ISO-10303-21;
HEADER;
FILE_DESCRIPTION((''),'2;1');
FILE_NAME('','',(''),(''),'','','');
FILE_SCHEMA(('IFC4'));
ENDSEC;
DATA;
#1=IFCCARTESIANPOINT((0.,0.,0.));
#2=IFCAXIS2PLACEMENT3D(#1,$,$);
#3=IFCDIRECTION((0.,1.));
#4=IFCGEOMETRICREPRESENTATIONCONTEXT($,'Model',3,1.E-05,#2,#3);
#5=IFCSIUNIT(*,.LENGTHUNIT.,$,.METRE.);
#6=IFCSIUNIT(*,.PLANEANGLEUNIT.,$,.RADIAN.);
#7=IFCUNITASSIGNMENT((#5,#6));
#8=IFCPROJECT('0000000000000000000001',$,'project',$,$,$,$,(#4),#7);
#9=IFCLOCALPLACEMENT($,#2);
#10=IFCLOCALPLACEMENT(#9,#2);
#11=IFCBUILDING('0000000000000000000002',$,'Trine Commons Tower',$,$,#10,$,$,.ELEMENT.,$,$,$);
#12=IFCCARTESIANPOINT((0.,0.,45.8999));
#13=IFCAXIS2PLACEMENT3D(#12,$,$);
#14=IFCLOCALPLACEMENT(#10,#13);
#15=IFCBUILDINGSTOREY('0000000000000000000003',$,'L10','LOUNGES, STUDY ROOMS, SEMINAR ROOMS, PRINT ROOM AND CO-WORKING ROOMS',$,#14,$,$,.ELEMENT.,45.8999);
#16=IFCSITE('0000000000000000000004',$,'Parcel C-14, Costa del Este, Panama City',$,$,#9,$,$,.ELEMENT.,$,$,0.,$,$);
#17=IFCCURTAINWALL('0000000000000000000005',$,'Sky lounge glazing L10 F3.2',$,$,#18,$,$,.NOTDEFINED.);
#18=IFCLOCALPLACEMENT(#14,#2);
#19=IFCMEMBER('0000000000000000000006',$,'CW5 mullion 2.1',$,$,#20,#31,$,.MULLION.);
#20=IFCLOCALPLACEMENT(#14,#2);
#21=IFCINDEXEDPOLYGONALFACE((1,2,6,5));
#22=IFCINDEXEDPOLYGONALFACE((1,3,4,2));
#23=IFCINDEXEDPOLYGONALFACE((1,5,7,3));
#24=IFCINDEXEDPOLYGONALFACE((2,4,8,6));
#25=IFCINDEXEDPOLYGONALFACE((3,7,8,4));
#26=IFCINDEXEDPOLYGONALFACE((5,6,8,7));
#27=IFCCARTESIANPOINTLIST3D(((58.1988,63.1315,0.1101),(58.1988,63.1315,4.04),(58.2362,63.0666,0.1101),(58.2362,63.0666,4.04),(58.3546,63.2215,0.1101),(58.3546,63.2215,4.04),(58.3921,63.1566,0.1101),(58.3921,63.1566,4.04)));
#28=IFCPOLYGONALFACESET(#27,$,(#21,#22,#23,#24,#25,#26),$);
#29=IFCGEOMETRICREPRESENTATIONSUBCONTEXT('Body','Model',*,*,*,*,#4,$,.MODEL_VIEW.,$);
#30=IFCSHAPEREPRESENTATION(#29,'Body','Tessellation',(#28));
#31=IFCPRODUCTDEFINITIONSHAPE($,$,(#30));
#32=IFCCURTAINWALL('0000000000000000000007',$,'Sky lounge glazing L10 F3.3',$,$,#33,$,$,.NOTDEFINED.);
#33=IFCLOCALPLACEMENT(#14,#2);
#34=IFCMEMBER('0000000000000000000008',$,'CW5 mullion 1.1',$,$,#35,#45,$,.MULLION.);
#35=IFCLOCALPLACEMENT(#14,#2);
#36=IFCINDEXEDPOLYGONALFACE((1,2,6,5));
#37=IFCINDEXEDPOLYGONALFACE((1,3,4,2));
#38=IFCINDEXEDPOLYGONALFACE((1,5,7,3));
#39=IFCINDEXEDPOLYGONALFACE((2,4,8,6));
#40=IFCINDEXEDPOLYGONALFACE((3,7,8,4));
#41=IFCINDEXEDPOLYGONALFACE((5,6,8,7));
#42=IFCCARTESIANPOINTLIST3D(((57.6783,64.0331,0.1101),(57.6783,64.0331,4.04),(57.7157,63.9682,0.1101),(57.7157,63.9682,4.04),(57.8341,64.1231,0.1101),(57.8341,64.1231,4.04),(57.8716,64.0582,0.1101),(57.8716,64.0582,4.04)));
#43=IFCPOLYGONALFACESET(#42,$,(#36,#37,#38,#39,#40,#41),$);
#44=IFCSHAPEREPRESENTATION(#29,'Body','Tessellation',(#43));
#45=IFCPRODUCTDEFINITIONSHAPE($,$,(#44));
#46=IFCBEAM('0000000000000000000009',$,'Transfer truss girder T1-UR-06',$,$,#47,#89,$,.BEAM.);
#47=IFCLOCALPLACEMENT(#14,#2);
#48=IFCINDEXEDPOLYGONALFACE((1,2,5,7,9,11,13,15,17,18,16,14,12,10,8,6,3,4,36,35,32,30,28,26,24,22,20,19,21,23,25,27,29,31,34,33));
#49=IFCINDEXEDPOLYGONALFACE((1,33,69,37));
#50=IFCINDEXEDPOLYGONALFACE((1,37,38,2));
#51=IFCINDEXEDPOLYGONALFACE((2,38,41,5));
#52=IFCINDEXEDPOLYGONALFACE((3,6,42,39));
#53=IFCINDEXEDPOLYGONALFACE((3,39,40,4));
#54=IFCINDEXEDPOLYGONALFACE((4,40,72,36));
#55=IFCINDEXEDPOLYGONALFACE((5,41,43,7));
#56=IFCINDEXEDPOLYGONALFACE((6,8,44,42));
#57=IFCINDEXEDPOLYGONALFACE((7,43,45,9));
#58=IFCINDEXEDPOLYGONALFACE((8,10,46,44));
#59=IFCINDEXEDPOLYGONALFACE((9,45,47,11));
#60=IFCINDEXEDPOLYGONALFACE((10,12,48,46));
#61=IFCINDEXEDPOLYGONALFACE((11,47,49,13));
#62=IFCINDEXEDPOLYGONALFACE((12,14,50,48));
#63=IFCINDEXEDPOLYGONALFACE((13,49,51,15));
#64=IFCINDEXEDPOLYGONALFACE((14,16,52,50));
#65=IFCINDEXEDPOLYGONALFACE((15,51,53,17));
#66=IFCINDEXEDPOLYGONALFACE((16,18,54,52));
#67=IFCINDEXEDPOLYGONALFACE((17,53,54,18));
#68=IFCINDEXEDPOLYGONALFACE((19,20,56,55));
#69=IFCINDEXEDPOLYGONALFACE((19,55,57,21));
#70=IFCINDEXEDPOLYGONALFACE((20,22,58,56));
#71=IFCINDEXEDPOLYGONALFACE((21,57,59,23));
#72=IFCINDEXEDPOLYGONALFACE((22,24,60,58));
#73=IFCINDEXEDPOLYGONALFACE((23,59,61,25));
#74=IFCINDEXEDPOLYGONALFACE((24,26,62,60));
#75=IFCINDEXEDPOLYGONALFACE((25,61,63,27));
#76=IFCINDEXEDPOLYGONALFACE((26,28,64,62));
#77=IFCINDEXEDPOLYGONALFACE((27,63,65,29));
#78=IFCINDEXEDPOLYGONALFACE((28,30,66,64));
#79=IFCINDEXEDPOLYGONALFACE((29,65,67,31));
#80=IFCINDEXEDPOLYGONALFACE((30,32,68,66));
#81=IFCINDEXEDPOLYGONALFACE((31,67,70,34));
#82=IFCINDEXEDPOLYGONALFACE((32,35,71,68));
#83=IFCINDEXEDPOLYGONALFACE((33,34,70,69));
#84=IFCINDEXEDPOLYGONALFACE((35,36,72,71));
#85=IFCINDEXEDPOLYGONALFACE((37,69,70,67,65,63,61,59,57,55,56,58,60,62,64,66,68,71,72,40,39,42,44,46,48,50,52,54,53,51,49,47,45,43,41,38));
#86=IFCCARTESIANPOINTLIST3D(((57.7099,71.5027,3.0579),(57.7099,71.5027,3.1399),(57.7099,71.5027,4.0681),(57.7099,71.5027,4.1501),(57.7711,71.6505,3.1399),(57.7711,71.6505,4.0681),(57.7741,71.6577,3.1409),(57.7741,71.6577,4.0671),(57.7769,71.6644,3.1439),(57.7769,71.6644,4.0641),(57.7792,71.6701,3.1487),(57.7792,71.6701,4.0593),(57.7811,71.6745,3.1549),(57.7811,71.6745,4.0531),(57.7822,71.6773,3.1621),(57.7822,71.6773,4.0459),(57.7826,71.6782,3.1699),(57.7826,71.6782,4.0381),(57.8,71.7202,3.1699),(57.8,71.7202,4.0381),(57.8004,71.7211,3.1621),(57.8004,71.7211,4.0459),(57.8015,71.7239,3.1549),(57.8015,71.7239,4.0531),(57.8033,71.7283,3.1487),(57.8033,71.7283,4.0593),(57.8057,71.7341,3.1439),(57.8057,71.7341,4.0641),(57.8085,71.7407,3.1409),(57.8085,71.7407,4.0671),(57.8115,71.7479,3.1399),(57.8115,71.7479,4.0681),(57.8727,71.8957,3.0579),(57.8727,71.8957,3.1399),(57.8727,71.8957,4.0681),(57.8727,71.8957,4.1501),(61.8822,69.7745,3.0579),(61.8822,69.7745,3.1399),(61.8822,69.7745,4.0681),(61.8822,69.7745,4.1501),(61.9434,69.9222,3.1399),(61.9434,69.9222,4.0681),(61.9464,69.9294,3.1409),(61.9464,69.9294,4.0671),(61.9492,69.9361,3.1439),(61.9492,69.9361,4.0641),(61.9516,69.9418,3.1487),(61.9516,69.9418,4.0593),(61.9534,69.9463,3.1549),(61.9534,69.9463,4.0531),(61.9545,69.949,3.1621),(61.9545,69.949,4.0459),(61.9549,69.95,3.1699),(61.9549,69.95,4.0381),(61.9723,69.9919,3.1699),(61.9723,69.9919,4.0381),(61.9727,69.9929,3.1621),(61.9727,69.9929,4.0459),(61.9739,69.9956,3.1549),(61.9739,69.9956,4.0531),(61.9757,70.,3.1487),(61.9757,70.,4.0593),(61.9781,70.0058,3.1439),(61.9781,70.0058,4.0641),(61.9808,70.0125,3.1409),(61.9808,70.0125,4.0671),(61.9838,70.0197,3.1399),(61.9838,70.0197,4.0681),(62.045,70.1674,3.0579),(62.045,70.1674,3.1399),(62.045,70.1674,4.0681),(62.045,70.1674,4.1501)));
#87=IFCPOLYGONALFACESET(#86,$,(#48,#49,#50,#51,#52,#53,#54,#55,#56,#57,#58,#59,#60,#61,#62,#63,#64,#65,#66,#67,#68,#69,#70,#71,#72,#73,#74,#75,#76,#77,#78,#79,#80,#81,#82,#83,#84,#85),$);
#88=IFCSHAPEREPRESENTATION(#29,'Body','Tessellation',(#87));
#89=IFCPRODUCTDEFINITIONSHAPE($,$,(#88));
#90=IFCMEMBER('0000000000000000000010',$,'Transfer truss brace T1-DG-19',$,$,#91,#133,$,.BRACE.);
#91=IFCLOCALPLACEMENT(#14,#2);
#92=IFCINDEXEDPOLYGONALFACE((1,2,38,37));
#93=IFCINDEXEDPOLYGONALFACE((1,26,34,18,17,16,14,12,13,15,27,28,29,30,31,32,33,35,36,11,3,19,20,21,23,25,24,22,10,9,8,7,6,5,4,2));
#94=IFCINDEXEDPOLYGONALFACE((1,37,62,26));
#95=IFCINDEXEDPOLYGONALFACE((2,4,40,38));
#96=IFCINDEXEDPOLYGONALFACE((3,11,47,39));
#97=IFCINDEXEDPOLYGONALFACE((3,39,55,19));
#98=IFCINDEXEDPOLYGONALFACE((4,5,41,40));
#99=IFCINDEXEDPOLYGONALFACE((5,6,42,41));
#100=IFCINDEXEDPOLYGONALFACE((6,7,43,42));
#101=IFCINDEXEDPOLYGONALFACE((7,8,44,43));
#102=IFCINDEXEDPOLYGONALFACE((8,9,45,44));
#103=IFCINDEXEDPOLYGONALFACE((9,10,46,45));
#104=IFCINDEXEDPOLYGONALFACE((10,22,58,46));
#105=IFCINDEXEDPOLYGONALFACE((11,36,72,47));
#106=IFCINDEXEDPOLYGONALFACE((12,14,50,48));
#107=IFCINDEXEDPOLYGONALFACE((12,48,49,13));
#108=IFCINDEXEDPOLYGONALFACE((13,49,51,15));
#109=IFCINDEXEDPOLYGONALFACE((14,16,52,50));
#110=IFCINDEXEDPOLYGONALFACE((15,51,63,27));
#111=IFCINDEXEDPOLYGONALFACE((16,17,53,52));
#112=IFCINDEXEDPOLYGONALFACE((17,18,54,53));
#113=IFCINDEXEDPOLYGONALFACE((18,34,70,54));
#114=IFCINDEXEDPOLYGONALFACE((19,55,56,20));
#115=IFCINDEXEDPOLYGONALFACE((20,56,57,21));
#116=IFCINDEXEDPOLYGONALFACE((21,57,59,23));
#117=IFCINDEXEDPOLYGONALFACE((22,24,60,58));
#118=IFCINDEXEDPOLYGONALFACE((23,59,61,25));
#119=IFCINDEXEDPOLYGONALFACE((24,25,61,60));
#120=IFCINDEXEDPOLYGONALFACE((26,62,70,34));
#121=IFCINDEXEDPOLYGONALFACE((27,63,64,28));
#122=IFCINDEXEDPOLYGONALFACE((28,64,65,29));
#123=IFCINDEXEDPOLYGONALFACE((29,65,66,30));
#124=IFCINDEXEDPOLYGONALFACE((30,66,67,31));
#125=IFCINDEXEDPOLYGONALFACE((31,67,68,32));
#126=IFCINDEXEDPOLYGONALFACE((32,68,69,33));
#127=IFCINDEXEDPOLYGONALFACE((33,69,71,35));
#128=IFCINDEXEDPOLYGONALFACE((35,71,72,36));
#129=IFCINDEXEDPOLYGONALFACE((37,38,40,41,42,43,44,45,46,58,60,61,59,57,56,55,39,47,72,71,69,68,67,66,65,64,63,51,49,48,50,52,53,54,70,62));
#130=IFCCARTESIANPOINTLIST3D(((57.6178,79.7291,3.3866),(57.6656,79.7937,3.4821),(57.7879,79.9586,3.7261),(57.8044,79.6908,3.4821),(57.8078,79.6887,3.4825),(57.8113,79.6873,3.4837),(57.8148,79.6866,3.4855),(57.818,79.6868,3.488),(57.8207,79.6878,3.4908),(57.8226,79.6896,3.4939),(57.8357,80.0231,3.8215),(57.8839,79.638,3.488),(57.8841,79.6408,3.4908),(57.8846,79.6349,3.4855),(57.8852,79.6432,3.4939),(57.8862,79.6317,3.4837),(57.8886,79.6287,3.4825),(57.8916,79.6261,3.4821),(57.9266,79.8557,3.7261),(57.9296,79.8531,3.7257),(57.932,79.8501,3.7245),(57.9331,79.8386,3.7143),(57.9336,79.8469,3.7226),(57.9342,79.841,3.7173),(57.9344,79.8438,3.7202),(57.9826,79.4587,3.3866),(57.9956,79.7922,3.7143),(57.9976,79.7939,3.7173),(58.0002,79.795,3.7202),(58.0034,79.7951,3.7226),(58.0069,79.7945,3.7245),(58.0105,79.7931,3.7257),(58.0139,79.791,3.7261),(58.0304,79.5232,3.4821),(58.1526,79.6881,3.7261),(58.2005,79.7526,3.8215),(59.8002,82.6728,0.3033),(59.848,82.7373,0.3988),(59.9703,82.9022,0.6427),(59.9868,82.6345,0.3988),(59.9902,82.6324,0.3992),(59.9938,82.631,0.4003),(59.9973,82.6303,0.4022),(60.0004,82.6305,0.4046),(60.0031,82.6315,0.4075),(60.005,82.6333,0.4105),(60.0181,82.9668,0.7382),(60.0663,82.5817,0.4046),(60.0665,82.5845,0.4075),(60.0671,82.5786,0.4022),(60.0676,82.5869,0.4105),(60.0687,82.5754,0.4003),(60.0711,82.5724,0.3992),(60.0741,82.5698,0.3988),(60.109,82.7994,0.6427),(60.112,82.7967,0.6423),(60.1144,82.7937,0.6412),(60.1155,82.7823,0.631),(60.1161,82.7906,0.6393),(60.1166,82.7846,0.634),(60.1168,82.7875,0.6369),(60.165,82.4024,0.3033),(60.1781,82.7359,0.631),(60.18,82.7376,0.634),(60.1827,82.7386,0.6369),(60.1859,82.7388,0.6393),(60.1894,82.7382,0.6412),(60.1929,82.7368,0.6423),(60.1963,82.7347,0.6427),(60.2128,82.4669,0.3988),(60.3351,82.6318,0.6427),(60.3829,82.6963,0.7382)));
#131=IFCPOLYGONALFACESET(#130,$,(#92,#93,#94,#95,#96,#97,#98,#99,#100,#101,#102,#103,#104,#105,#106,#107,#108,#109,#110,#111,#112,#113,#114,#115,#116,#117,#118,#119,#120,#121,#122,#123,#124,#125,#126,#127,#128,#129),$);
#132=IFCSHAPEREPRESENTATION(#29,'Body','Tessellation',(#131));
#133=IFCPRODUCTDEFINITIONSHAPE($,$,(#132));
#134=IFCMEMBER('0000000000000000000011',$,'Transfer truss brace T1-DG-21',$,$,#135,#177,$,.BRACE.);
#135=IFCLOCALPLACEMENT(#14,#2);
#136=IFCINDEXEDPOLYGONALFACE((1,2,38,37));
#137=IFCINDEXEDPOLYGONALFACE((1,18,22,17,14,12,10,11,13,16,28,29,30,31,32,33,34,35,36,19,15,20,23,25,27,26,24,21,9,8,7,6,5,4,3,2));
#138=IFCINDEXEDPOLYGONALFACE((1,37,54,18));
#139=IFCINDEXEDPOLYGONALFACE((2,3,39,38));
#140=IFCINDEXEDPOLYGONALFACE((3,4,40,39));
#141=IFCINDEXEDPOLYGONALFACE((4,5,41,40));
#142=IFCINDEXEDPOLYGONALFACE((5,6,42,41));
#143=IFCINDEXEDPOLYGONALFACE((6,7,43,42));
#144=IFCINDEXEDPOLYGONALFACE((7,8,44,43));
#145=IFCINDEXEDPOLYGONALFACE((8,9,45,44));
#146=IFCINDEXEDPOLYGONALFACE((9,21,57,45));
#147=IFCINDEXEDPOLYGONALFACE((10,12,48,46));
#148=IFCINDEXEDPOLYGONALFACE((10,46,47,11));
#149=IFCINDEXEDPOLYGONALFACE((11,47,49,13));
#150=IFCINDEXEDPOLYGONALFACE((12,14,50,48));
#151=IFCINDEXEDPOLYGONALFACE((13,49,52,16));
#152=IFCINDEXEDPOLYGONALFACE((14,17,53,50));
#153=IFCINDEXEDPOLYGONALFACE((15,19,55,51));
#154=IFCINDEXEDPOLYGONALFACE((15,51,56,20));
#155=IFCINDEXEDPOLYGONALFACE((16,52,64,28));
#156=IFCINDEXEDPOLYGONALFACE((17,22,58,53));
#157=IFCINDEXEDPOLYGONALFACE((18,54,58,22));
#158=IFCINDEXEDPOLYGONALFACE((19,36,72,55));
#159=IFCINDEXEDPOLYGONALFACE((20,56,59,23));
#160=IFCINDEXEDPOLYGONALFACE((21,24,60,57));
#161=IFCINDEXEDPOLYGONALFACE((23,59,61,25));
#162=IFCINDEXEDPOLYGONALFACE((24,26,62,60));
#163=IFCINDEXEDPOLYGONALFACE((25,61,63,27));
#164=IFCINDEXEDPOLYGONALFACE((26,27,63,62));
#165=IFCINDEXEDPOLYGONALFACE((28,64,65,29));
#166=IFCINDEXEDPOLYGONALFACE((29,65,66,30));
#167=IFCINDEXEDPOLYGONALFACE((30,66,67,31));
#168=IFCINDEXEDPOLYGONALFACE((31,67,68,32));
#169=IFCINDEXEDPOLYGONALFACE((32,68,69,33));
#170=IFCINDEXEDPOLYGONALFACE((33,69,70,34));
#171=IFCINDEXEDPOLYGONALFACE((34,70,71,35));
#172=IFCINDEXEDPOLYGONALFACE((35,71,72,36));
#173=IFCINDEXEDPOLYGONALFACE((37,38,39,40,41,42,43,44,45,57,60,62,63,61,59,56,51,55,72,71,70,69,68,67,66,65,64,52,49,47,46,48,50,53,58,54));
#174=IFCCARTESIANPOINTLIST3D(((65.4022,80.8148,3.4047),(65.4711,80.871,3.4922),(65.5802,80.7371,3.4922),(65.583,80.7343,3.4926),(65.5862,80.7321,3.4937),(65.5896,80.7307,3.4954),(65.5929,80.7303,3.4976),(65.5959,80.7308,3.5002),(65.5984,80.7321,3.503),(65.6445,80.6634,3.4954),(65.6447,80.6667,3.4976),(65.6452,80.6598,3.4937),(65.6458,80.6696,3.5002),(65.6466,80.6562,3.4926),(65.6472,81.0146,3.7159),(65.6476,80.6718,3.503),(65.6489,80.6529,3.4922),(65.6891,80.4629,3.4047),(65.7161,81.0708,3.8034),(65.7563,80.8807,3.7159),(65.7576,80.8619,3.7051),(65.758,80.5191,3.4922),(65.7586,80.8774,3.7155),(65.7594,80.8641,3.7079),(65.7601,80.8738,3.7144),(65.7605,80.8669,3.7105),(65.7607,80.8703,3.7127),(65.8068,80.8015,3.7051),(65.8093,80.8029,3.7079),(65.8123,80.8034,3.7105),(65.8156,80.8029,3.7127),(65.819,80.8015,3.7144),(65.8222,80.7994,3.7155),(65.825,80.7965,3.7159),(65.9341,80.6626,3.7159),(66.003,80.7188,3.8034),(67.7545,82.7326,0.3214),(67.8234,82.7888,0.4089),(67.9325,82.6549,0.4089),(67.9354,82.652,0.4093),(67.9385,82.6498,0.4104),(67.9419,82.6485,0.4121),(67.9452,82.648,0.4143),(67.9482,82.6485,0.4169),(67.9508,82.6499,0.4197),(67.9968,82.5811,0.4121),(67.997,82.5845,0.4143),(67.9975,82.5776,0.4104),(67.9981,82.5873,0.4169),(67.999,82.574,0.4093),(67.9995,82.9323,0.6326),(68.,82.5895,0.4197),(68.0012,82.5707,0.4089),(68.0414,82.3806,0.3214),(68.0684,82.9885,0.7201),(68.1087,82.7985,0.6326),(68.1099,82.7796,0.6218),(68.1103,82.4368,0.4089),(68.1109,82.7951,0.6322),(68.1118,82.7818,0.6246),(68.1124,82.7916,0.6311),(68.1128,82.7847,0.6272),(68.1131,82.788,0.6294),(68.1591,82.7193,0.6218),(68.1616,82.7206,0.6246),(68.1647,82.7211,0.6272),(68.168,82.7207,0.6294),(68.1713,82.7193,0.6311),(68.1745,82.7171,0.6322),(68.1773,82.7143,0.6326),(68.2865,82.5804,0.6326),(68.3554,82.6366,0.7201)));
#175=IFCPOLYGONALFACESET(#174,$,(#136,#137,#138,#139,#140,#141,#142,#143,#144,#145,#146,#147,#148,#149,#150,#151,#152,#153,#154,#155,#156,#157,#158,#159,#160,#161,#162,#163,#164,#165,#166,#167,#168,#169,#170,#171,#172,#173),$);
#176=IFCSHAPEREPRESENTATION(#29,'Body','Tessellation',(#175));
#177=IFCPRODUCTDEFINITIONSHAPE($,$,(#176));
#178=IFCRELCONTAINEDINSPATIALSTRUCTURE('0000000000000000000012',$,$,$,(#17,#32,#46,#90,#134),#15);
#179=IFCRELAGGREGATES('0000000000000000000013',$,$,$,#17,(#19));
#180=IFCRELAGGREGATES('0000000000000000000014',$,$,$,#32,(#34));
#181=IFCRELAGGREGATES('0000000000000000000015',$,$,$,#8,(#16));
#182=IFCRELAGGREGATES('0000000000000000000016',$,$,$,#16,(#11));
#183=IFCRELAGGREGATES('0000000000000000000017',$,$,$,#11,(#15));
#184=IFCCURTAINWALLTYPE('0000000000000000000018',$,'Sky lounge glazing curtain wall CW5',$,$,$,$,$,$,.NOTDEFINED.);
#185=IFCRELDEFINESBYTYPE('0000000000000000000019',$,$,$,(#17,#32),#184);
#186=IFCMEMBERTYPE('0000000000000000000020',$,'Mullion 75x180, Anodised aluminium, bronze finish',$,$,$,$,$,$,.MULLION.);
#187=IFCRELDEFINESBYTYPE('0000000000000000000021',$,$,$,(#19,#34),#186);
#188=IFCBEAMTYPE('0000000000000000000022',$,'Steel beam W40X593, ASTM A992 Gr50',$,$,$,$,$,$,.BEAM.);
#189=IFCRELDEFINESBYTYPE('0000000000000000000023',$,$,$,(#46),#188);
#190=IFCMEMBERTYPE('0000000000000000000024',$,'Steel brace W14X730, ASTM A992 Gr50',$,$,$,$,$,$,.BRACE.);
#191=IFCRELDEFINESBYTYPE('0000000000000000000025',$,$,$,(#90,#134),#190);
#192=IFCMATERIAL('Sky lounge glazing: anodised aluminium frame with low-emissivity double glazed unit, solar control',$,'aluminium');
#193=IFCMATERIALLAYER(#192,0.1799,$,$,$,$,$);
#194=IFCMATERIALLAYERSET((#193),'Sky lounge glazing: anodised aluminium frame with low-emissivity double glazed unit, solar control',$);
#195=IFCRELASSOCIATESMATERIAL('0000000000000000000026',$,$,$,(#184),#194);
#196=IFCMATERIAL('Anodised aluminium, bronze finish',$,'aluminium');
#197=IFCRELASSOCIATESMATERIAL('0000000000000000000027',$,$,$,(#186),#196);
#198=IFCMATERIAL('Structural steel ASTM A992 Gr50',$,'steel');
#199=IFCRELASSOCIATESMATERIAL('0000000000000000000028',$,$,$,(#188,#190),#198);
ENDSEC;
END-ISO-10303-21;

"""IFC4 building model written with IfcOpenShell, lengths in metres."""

from ifc_helpers import new_model, si_unit, direction, frame, origin, origin_2d, place, context, subcontext, project, spatial, rectangle, i_section, extrude, material, layer, layer_set, material_profile, profile_set, type_object, element, aggregate, save


model = new_model("IFC4")

# Units and contexts
model_context = context("Model", 3, precision=1e-05, world=origin(), true_north=direction((0.0, 1.0)))
body_context = subcontext(model_context, "Body", "Model", "MODEL_VIEW")
ifc_project = project(units=[si_unit("LENGTHUNIT", "METRE"), si_unit("PLANEANGLEUNIT", "RADIAN")], contexts=[model_context])

# Site, building, storey
site_placement = place(None, origin())
site = spatial("IfcSite", under=ifc_project, at=site_placement, Name="Parcel C-14, Costa del Este, Panama City", CompositionType="ELEMENT", RefElevation=0.0)
building_placement = place(site_placement, origin())
building = spatial("IfcBuilding", under=site, at=building_placement, Name="Trine Commons Tower", CompositionType="ELEMENT")
storey_placement = place(building_placement, frame((0.0, 0.0, 45.8999)))
storey = spatial("IfcBuildingStorey", under=building, at=storey_placement, Name="L10", Description="LOUNGES, STUDY ROOMS, SEMINAR ROOMS, PRINT ROOM AND CO-WORKING ROOMS", CompositionType="ELEMENT", Elevation=45.8999)

# Curtain walls, members
ifc_material_1 = material(Name="Sky lounge glazing: anodised aluminium frame with low-emissivity double glazed unit, solar control", Category="aluminium")
ifc_layer_1 = layer(ifc_material_1, 0.1799)
ifc_layer_set_1 = layer_set([ifc_layer_1], Name="Sky lounge glazing: anodised aluminium frame with low-emissivity double glazed unit, solar control")
curtain_wall_type = type_object("IfcCurtainWallType", Name="Sky lounge glazing curtain wall CW5", PredefinedType="NOTDEFINED", material=ifc_layer_set_1)
curtain_wall_1_placement = place(storey_placement, origin())
curtain_wall_1 = element("IfcCurtainWall", 1, at=curtain_wall_1_placement, inside=storey, type_object=curtain_wall_type, Name="Sky lounge glazing L10 F3.2", PredefinedType="NOTDEFINED")
ifc_material_2 = material(Name="Anodised aluminium, bronze finish", Category="aluminium")
ifc_material_profile_1 = material_profile(ifc_material_2, rectangle(XDim=0.1799, YDim=0.075, at=origin_2d()), Name="Mullion 75x180")
ifc_profile_set_1 = profile_set([ifc_material_profile_1], Name="Anodised aluminium, bronze finish")
member_type_1 = type_object("IfcMemberType", Name="Mullion 75x180, Anodised aluminium, bronze finish", PredefinedType="MULLION", material=ifc_profile_set_1)
member_1_placement = place(storey_placement, frame((58.2954, 63.144, 0.1101), z_axis=(0.0, 0.0, 1.0), x_axis=(-0.866025, -0.5, 0.0)))
member_1 = element("IfcMember", 2, at=member_1_placement, type_object=member_type_1, Name="CW5 mullion 2.1", PredefinedType="MULLION", context=body_context, shape_type="SweptSolid", body=[
    extrude(rectangle(XDim=0.1799, YDim=0.075, at=origin_2d()), origin(), (0.0, 0.0, 1.0), 3.9299),
])
aggregate(curtain_wall_1, [member_1])
curtain_wall_2_placement = place(storey_placement, origin())
curtain_wall_2 = element("IfcCurtainWall", 3, at=curtain_wall_2_placement, inside=storey, type_object=curtain_wall_type, Name="Sky lounge glazing L10 F3.3", PredefinedType="NOTDEFINED")
member_2_placement = place(storey_placement, frame((57.7749, 64.0457, 0.1101), z_axis=(0.0, 0.0, 1.0), x_axis=(-0.866025, -0.5, 0.0)))
member_2 = element("IfcMember", 4, at=member_2_placement, type_object=member_type_1, Name="CW5 mullion 1.1", PredefinedType="MULLION", context=body_context, shape_type="SweptSolid", body=[
    extrude(rectangle(XDim=0.1799, YDim=0.075, at=origin_2d()), origin(), (0.0, 0.0, 1.0), 3.9299),
])

# Beam
ifc_material_3 = material(Name="Structural steel ASTM A992 Gr50", Category="steel")
ifc_material_profile_2 = material_profile(ifc_material_3, i_section(OverallWidth=0.4253, OverallDepth=1.0923, WebThickness=0.0454, FlangeThickness=0.082, FilletRadius=0.03, at=origin_2d()), Name="W40X593")
ifc_profile_set_2 = profile_set([ifc_material_profile_2], Name="Structural steel ASTM A992 Gr50")
beam_type = type_object("IfcBeamType", Name="Steel beam W40X593, ASTM A992 Gr50", PredefinedType="BEAM", material=ifc_profile_set_2)
beam_placement = place(storey_placement, frame((61.9636, 69.9709, 3.604), z_axis=(-0.923878, 0.382688, 0.0), x_axis=(-0.382688, -0.923878, 0.0)))
element("IfcBeam", 5, at=beam_placement, inside=storey, type_object=beam_type, Name="Transfer truss girder T1-UR-06", PredefinedType="BEAM", context=body_context, shape_type="SweptSolid", body=[
    extrude(i_section(OverallWidth=0.4253, OverallDepth=1.0923, WebThickness=0.0454, FlangeThickness=0.082, FilletRadius=0.03, at=origin_2d()), origin(), (0.0, 0.0, 1.0), 4.5161),
])

# Members
ifc_material_profile_3 = material_profile(ifc_material_3, i_section(OverallWidth=0.4541, OverallDepth=0.5684, WebThickness=0.0779, FlangeThickness=0.1248, FilletRadius=0.0154, at=origin_2d()), Name="W14X730")
ifc_profile_set_3 = profile_set([ifc_material_profile_3], Name="Structural steel ASTM A992 Gr50")
member_type_2 = type_object("IfcMemberType", Name="Steel brace W14X730, ASTM A992 Gr50", PredefinedType="BRACE", material=ifc_profile_set_3)
member_3_placement = place(storey_placement, frame((60.0916, 82.6846, 0.5208), z_axis=(-0.455711, -0.614666, 0.643827), x_axis=(0.803306, -0.595567, 0.0)))
element("IfcMember", 6, at=member_3_placement, inside=storey, type_object=member_type_2, Name="Transfer truss brace T1-DG-19", PredefinedType="BRACE", context=body_context, shape_type="SweptSolid", body=[
    extrude(i_section(OverallWidth=0.4541, OverallDepth=0.5684, WebThickness=0.0779, FlangeThickness=0.1248, FilletRadius=0.0154, at=origin_2d()), origin(), (0.0, 0.0, 1.0), 4.7891),
])
member_4_placement = place(storey_placement, frame((68.0549, 82.6846, 0.5208), z_axis=(-0.543712, -0.443265, 0.712666), x_axis=(0.631879, -0.775067, 0.0)))
element("IfcMember", 7, at=member_4_placement, inside=storey, type_object=member_type_2, Name="Transfer truss brace T1-DG-21", PredefinedType="BRACE", context=body_context, shape_type="SweptSolid", body=[
    extrude(i_section(OverallWidth=0.4541, OverallDepth=0.5684, WebThickness=0.0779, FlangeThickness=0.1248, FilletRadius=0.0154, at=origin_2d()), origin(), (0.0, 0.0, 1.0), 4.3264),
])

aggregate(curtain_wall_2, [member_2])

save(model, "model.ifc")
